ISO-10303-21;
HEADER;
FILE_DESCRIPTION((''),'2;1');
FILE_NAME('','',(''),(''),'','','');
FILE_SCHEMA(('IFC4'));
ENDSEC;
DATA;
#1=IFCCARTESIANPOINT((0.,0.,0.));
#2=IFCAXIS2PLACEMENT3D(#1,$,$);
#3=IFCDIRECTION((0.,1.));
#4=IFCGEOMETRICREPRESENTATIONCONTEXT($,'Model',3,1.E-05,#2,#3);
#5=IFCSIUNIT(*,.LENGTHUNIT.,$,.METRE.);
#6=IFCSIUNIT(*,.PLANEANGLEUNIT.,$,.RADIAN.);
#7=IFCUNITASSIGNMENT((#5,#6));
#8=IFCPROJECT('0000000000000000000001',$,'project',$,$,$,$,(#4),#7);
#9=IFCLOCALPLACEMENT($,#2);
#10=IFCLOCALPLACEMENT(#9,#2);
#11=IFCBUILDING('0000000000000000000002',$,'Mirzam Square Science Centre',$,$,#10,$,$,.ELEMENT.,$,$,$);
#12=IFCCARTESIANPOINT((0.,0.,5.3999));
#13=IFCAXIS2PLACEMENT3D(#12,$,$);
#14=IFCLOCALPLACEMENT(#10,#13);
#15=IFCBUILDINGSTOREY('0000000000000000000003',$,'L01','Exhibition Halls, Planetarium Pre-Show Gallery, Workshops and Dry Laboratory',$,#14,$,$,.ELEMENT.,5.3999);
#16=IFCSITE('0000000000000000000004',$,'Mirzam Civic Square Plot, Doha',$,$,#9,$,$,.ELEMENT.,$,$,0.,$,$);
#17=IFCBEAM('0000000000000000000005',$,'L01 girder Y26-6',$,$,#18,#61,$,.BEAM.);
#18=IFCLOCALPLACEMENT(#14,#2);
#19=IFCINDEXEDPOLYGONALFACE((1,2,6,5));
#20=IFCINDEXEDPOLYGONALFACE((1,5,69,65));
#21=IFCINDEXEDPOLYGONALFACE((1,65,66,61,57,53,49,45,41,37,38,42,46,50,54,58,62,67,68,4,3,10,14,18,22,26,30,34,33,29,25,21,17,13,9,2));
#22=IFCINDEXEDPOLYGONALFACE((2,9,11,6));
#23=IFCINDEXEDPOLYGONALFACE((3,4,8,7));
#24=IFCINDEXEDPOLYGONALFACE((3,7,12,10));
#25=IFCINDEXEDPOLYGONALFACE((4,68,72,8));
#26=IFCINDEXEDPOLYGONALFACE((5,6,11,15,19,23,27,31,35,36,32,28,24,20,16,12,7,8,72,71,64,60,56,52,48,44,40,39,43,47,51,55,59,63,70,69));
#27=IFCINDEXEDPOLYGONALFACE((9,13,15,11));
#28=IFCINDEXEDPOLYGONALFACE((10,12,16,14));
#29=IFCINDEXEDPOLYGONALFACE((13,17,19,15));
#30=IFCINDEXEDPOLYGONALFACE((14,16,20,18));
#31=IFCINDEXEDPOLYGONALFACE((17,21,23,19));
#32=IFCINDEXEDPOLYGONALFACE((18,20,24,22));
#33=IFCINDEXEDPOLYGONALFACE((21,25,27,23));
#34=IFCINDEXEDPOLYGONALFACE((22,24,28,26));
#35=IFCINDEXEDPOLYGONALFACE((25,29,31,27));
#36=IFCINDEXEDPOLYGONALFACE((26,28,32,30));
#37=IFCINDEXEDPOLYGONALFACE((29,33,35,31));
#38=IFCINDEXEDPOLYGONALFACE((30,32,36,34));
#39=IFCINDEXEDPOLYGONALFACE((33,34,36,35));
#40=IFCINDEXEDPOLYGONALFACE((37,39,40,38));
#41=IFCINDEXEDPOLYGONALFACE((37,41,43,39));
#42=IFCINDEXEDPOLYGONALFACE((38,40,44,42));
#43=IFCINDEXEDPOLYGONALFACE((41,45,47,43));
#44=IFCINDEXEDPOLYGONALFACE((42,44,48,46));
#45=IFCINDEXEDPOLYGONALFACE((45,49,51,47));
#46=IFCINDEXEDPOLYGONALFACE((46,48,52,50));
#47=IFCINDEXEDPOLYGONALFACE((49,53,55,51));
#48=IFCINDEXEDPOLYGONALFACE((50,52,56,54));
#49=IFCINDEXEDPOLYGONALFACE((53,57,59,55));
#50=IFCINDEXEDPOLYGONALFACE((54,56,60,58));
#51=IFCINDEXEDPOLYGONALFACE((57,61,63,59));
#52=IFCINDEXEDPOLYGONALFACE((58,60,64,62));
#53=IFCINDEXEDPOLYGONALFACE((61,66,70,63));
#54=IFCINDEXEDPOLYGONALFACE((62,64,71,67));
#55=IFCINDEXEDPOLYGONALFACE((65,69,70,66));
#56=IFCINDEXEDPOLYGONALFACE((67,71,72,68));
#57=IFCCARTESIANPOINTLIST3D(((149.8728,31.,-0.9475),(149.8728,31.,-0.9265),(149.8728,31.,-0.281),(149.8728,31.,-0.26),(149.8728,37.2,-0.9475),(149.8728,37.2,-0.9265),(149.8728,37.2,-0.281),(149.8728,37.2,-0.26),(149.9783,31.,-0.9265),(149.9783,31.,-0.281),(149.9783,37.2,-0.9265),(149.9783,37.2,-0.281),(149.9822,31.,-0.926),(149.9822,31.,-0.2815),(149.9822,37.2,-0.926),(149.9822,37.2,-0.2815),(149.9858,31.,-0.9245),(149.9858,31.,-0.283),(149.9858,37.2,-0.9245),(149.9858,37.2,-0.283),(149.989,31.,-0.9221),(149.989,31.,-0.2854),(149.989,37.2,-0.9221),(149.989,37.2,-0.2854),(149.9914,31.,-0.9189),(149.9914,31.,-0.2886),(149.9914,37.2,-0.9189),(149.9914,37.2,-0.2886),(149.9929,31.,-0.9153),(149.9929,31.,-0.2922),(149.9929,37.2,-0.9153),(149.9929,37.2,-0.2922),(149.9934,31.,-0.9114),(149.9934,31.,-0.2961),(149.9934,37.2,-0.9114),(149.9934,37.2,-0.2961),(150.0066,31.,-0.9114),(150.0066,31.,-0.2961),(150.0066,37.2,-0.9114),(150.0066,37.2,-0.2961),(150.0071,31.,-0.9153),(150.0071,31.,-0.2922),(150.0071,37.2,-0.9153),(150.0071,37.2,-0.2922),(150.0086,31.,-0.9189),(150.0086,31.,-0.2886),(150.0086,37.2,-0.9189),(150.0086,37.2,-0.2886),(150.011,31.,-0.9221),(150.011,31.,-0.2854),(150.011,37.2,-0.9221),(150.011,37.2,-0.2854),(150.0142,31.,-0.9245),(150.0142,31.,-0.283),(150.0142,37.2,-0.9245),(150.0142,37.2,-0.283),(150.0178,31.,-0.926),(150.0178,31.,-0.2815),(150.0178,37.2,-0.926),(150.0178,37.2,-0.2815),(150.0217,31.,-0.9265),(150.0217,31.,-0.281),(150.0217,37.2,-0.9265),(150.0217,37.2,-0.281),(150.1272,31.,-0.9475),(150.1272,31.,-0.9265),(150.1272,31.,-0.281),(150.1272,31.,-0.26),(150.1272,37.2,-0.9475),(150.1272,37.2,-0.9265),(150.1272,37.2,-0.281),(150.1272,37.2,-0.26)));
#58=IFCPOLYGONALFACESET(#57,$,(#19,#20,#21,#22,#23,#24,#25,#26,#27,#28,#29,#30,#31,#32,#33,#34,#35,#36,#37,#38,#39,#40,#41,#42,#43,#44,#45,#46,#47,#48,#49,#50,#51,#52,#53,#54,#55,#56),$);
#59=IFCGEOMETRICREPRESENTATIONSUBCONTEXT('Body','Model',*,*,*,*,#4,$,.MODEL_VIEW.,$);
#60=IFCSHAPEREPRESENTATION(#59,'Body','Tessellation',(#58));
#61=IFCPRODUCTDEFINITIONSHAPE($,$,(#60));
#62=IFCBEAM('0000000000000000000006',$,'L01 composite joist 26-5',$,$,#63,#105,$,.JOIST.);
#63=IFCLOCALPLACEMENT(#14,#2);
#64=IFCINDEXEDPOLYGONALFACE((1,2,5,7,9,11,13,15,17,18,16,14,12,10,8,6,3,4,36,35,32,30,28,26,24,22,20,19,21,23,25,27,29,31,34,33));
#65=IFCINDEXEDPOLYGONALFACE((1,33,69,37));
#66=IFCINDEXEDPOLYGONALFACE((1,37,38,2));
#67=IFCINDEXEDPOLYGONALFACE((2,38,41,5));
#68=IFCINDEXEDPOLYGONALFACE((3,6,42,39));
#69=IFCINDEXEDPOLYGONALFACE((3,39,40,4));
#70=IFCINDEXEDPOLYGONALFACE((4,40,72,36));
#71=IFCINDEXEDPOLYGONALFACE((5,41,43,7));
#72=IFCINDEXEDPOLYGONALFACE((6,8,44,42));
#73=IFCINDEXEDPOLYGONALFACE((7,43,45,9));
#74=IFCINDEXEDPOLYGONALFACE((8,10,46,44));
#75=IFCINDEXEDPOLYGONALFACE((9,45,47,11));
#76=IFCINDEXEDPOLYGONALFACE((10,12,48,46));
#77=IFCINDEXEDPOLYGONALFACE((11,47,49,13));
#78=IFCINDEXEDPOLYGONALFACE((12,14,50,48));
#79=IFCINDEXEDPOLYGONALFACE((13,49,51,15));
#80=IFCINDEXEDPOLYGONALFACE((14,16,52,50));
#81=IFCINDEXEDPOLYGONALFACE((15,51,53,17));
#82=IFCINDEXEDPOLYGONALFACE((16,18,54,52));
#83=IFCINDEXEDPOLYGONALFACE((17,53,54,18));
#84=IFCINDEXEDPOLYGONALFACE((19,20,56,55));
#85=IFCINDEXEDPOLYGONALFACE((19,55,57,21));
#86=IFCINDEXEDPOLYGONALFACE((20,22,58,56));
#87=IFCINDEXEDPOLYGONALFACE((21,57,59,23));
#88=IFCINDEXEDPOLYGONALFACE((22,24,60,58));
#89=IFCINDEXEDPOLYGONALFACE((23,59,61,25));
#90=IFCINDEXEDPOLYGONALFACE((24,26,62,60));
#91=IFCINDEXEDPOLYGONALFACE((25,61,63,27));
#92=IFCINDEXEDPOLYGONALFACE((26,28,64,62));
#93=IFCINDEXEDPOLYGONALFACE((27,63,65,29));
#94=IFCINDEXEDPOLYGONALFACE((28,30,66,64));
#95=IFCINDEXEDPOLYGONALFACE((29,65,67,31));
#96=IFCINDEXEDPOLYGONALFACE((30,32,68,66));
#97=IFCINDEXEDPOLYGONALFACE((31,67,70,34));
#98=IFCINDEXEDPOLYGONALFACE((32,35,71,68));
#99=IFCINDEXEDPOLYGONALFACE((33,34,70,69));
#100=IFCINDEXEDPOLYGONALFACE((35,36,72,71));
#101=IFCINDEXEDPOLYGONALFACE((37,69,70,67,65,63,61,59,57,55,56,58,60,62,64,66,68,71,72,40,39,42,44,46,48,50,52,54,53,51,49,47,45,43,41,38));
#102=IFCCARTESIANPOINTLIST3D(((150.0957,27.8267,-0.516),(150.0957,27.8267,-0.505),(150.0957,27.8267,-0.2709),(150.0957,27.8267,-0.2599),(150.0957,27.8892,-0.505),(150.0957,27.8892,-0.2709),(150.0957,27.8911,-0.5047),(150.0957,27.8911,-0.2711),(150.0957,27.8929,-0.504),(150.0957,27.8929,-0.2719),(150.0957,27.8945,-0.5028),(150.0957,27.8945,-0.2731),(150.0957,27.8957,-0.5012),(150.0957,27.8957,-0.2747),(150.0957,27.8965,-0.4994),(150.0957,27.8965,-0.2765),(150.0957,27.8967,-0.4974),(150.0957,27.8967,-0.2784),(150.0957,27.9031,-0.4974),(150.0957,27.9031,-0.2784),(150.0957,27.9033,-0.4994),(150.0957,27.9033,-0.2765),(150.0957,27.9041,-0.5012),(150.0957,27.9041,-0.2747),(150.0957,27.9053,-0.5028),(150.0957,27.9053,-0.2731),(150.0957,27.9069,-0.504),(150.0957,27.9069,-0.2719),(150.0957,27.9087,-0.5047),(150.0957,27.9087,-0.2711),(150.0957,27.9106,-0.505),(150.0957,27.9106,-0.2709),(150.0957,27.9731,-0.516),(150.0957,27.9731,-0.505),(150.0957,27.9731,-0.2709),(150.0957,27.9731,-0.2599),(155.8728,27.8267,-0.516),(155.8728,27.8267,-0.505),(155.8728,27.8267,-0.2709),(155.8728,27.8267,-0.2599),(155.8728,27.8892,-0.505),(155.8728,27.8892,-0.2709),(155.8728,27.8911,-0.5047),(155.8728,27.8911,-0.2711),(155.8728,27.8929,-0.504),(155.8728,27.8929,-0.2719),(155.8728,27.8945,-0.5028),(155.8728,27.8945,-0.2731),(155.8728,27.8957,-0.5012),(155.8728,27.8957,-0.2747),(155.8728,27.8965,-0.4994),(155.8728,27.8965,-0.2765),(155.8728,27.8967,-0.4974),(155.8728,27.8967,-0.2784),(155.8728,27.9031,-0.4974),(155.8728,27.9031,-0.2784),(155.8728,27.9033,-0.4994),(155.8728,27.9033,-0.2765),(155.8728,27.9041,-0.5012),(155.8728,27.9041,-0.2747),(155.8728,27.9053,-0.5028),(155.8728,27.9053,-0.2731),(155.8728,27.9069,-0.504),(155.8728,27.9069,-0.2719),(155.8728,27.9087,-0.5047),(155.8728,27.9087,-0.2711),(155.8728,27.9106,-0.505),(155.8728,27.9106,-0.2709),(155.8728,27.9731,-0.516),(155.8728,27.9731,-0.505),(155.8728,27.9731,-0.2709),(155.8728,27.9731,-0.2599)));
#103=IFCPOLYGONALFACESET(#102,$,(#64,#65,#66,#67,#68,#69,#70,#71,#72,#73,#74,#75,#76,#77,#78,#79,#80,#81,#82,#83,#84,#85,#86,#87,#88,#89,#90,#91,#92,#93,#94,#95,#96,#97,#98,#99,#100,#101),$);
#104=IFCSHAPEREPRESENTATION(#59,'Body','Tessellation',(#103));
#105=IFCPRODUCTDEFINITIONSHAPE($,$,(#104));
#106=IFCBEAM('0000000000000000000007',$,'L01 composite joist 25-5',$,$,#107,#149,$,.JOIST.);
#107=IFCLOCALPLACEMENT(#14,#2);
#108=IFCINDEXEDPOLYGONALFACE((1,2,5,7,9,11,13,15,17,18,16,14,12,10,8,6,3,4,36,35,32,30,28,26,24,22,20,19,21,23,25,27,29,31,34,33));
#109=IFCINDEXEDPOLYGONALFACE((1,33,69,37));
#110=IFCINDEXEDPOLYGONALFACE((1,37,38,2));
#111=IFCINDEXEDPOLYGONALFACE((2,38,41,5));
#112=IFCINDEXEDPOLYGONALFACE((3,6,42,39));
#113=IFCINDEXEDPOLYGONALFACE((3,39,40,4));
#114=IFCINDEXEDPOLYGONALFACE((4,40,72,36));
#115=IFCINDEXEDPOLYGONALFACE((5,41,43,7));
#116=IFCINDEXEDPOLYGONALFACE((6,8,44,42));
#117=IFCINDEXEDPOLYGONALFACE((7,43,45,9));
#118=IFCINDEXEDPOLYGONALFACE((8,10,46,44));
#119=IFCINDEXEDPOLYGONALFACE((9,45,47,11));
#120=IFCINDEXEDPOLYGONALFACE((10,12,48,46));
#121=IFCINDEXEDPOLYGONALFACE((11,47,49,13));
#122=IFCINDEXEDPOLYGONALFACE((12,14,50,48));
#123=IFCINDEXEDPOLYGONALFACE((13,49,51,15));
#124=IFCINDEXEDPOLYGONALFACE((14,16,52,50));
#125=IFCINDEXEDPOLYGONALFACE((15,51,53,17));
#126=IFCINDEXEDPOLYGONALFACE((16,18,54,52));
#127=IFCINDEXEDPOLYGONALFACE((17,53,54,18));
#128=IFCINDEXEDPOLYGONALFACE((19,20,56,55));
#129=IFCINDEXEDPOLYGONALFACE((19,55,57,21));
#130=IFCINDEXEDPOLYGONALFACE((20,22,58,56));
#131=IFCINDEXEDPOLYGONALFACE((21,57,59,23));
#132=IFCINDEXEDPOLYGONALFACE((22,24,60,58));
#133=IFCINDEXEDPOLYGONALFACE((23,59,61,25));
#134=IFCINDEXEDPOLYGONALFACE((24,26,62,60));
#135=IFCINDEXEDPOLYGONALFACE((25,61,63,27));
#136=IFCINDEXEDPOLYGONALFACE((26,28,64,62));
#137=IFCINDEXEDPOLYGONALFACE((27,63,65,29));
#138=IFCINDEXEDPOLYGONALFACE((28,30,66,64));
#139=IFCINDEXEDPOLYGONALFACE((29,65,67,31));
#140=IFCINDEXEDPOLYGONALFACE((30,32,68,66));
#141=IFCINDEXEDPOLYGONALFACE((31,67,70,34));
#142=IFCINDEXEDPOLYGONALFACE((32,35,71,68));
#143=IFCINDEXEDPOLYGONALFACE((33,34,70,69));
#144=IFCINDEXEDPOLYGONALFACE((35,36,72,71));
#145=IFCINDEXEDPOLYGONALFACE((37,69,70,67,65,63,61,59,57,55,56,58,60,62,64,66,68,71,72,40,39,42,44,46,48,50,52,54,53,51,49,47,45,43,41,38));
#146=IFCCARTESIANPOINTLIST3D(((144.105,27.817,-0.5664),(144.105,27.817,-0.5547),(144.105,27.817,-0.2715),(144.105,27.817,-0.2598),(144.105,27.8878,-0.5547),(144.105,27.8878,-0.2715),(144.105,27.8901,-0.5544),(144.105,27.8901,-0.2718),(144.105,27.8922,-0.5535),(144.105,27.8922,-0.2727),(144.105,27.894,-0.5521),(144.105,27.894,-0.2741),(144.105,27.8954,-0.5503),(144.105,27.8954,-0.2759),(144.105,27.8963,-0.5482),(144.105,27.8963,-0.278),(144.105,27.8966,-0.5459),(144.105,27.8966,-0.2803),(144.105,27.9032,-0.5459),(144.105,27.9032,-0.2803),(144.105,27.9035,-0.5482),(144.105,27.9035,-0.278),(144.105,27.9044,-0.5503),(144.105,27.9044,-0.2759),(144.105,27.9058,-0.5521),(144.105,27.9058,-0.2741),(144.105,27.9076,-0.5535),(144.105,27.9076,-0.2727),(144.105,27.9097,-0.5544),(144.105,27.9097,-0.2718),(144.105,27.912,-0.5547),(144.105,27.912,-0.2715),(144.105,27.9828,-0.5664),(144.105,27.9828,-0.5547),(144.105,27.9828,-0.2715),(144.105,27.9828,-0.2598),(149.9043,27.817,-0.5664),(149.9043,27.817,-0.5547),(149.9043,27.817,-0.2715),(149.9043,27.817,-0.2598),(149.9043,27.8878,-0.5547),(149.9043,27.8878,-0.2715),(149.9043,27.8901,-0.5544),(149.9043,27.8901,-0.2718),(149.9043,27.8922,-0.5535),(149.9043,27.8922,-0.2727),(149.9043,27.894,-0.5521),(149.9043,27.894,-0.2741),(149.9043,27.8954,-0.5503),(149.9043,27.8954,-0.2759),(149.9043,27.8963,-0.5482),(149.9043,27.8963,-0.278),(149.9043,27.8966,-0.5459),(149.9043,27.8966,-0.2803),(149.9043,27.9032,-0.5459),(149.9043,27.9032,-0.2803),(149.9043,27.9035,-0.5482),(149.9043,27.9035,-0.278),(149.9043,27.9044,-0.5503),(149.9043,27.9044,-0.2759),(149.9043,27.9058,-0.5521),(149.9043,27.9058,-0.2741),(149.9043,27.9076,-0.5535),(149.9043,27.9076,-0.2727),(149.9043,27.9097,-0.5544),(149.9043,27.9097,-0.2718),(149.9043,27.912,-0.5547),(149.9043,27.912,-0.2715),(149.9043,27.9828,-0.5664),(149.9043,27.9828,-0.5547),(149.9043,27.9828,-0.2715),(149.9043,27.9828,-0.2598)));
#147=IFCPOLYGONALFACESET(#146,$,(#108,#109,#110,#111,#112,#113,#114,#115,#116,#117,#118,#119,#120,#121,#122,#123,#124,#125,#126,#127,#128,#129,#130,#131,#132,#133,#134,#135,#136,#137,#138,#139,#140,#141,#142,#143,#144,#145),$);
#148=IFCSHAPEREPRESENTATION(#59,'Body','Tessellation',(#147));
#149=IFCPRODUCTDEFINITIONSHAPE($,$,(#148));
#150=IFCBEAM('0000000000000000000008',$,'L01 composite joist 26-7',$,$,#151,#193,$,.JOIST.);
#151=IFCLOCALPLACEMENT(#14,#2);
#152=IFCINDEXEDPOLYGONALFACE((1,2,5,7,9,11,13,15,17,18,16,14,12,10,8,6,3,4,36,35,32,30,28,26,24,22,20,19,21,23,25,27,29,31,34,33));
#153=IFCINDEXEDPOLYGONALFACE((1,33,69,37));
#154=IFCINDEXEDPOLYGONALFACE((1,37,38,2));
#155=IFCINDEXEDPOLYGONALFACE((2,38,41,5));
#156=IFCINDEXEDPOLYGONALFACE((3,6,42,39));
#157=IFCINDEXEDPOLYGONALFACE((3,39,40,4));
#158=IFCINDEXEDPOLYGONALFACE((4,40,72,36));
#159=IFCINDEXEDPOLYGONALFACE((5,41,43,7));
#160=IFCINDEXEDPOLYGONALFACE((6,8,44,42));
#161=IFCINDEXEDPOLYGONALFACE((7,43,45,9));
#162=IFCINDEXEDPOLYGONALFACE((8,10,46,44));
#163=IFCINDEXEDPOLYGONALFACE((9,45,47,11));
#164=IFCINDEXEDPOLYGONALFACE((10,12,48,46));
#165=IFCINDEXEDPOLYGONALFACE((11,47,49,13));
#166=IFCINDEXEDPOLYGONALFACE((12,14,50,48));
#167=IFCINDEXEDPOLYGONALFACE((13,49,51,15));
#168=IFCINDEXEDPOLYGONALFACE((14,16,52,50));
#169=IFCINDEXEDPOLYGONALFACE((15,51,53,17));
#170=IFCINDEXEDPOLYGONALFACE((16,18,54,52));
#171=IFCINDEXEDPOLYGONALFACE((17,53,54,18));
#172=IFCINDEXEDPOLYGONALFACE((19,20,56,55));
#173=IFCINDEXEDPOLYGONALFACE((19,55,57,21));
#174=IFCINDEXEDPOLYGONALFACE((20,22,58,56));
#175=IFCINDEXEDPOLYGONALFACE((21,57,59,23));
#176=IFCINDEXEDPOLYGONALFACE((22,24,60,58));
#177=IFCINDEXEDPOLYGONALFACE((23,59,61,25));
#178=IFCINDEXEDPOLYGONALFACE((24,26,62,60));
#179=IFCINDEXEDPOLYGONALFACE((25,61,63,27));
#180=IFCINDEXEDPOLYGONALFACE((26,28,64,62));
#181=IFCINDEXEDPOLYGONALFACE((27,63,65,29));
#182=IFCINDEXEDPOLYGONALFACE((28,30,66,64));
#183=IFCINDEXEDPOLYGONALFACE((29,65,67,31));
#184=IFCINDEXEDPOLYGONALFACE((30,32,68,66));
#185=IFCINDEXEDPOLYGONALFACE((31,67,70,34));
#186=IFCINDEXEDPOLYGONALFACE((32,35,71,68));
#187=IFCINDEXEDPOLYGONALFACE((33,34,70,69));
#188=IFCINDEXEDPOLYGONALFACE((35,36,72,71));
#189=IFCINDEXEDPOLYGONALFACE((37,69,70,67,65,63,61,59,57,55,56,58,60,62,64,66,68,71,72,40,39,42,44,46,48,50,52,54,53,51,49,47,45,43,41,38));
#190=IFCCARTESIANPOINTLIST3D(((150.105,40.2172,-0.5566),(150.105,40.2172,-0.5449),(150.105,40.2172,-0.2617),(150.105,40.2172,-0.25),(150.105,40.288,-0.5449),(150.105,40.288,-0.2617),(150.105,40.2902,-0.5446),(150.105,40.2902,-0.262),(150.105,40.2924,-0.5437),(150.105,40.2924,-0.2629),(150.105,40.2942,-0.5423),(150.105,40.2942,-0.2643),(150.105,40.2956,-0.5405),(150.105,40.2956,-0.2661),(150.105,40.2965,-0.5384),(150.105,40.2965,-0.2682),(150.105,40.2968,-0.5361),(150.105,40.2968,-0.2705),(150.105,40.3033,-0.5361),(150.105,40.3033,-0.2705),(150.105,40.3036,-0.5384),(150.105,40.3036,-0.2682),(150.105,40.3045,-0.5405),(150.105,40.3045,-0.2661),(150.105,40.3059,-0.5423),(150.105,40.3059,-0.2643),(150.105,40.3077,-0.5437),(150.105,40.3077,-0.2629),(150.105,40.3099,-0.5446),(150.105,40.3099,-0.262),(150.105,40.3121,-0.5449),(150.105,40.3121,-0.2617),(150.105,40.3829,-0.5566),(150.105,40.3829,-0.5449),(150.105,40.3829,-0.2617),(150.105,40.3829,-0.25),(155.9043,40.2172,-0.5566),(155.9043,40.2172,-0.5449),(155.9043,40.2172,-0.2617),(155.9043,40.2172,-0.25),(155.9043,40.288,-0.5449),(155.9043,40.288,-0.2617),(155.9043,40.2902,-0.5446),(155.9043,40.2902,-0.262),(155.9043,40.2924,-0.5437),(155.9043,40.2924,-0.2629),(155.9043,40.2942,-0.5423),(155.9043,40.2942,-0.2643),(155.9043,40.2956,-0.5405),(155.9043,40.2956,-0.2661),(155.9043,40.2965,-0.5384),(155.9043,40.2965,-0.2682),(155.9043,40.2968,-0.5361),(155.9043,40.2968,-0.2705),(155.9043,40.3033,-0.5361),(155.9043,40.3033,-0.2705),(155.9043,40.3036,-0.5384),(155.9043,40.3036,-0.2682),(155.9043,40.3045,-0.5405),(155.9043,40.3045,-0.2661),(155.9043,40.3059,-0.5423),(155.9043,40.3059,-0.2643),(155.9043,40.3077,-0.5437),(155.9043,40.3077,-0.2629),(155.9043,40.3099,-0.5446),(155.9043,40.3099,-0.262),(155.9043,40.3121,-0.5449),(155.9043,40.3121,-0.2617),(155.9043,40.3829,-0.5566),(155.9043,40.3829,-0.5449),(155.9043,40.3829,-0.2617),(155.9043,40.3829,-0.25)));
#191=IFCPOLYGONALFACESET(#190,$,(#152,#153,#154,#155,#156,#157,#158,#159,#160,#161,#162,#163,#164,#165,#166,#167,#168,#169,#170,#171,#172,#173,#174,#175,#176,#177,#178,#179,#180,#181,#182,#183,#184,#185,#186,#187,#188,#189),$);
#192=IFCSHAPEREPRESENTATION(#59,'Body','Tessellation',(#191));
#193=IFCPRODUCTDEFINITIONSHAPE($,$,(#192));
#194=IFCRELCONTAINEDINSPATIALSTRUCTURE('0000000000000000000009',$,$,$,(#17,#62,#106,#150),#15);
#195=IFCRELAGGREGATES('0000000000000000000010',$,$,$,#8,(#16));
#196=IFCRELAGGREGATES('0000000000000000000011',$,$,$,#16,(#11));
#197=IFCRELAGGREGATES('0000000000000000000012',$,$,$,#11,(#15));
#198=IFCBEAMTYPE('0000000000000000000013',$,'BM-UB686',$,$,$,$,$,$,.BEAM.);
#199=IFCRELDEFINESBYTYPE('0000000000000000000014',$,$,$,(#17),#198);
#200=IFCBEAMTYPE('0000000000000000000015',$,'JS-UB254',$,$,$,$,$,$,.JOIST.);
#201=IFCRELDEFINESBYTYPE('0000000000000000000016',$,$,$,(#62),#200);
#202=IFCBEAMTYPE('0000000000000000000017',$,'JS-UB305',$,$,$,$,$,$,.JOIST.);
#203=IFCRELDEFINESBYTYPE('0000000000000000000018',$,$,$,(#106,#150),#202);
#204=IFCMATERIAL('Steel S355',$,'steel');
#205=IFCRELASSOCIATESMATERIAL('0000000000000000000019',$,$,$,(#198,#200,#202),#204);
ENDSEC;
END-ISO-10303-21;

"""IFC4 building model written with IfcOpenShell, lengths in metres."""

from ifc_helpers import new_model, si_unit, direction, frame, origin, origin_2d, place, context, subcontext, project, spatial, i_section, extrude, material, material_profile, profile_set, type_object, element, save


model = new_model("IFC4")

# Units and contexts
model_context = context("Model", 3, precision=1e-05, world=origin(), true_north=direction((0.0, 1.0)))
body_context = subcontext(model_context, "Body", "Model", "MODEL_VIEW")
ifc_project = project(units=[si_unit("LENGTHUNIT", "METRE"), si_unit("PLANEANGLEUNIT", "RADIAN")], contexts=[model_context])

# Site, building, storey
site_placement = place(None, origin())
site = spatial("IfcSite", under=ifc_project, at=site_placement, Name="Mirzam Civic Square Plot, Doha", CompositionType="ELEMENT", RefElevation=0.0)
building_placement = place(site_placement, origin())
building = spatial("IfcBuilding", under=site, at=building_placement, Name="Mirzam Square Science Centre", CompositionType="ELEMENT")
storey_placement = place(building_placement, frame((0.0, 0.0, 5.3999)))
storey = spatial("IfcBuildingStorey", under=building, at=storey_placement, Name="L01", Description="Exhibition Halls, Planetarium Pre-Show Gallery, Workshops and Dry Laboratory", CompositionType="ELEMENT", Elevation=5.3999)

# Shared definitions
ifc_material_1 = material(Name="Steel S355", Category="steel")

# Beams
ifc_material_profile_1 = material_profile(ifc_material_1, i_section(OverallWidth=0.2544, OverallDepth=0.6875, WebThickness=0.0132, FlangeThickness=0.021, FilletRadius=0.0151, at=origin_2d()), Name="686x254x152UB")
ifc_profile_set_1 = profile_set([ifc_material_profile_1], Name="Steel S355")
beam_type_1 = type_object("IfcBeamType", Name="BM-UB686", PredefinedType="BEAM", material=ifc_profile_set_1)
for number, where, z_axis, x_axis, name in (
    (1, (150.0, 31.0, -0.6038), (0.0, 1.0, 0.0), (-1.0, 0.0, 0.0), "L01 girder Y26-6"),
):
    element("IfcBeam", number, at=place(storey_placement, frame(where, z_axis=z_axis, x_axis=x_axis)), inside=storey, type_object=beam_type_1, Name=name, PredefinedType="BEAM", context=body_context, shape_type="SweptSolid", body=[
        extrude(i_section(OverallWidth=0.2544, OverallDepth=0.6875, WebThickness=0.0132, FlangeThickness=0.021, FilletRadius=0.0151, at=origin_2d()), origin(), (0.0, 0.0, 1.0), 6.2),
    ])
ifc_material_profile_2 = material_profile(ifc_material_1, i_section(OverallWidth=0.1465, OverallDepth=0.2561, WebThickness=0.0063, FlangeThickness=0.011, FilletRadius=0.0076, at=origin_2d()), Name="254x146x37UB")
ifc_profile_set_2 = profile_set([ifc_material_profile_2], Name="Steel S355")
beam_type_2 = type_object("IfcBeamType", Name="JS-UB254", PredefinedType="JOIST", material=ifc_profile_set_2)
beam_1_placement = place(storey_placement, frame((150.0957, 27.8999, -0.3879), z_axis=(1.0, 0.0, 0.0), x_axis=(0.0, 1.0, 0.0)))
element("IfcBeam", 2, at=beam_1_placement, inside=storey, type_object=beam_type_2, Name="L01 composite joist 26-5", PredefinedType="JOIST", context=body_context, shape_type="SweptSolid", body=[
    extrude(i_section(OverallWidth=0.1465, OverallDepth=0.2561, WebThickness=0.0063, FlangeThickness=0.011, FilletRadius=0.0076, at=origin_2d()), origin(), (0.0, 0.0, 1.0), 5.7771),
])
ifc_material_profile_3 = material_profile(ifc_material_1, i_section(OverallWidth=0.1658, OverallDepth=0.3066, WebThickness=0.0066, FlangeThickness=0.0117, FilletRadius=0.0088, at=origin_2d()), Name="305x165x46UB")
ifc_profile_set_3 = profile_set([ifc_material_profile_3], Name="Steel S355")
beam_type_3 = type_object("IfcBeamType", Name="JS-UB305", PredefinedType="JOIST", material=ifc_profile_set_3)
for number, where, z_axis, x_axis, name in (
    (3, (144.105, 27.8999, -0.4131), (1.0, 0.0, 0.0), (0.0, 1.0, 0.0), "L01 composite joist 25-5"),
    (4, (150.105, 40.3, -0.4033), (1.0, 0.0, 0.0), (0.0, 1.0, 0.0), "L01 composite joist 26-7"),
):
    element("IfcBeam", number, at=place(storey_placement, frame(where, z_axis=z_axis, x_axis=x_axis)), inside=storey, type_object=beam_type_3, Name=name, PredefinedType="JOIST", context=body_context, shape_type="SweptSolid", body=[
        extrude(i_section(OverallWidth=0.1658, OverallDepth=0.3066, WebThickness=0.0066, FlangeThickness=0.0117, FilletRadius=0.0088, at=origin_2d()), origin(), (0.0, 0.0, 1.0), 5.7993),
    ])

save(model, "model.ifc")
